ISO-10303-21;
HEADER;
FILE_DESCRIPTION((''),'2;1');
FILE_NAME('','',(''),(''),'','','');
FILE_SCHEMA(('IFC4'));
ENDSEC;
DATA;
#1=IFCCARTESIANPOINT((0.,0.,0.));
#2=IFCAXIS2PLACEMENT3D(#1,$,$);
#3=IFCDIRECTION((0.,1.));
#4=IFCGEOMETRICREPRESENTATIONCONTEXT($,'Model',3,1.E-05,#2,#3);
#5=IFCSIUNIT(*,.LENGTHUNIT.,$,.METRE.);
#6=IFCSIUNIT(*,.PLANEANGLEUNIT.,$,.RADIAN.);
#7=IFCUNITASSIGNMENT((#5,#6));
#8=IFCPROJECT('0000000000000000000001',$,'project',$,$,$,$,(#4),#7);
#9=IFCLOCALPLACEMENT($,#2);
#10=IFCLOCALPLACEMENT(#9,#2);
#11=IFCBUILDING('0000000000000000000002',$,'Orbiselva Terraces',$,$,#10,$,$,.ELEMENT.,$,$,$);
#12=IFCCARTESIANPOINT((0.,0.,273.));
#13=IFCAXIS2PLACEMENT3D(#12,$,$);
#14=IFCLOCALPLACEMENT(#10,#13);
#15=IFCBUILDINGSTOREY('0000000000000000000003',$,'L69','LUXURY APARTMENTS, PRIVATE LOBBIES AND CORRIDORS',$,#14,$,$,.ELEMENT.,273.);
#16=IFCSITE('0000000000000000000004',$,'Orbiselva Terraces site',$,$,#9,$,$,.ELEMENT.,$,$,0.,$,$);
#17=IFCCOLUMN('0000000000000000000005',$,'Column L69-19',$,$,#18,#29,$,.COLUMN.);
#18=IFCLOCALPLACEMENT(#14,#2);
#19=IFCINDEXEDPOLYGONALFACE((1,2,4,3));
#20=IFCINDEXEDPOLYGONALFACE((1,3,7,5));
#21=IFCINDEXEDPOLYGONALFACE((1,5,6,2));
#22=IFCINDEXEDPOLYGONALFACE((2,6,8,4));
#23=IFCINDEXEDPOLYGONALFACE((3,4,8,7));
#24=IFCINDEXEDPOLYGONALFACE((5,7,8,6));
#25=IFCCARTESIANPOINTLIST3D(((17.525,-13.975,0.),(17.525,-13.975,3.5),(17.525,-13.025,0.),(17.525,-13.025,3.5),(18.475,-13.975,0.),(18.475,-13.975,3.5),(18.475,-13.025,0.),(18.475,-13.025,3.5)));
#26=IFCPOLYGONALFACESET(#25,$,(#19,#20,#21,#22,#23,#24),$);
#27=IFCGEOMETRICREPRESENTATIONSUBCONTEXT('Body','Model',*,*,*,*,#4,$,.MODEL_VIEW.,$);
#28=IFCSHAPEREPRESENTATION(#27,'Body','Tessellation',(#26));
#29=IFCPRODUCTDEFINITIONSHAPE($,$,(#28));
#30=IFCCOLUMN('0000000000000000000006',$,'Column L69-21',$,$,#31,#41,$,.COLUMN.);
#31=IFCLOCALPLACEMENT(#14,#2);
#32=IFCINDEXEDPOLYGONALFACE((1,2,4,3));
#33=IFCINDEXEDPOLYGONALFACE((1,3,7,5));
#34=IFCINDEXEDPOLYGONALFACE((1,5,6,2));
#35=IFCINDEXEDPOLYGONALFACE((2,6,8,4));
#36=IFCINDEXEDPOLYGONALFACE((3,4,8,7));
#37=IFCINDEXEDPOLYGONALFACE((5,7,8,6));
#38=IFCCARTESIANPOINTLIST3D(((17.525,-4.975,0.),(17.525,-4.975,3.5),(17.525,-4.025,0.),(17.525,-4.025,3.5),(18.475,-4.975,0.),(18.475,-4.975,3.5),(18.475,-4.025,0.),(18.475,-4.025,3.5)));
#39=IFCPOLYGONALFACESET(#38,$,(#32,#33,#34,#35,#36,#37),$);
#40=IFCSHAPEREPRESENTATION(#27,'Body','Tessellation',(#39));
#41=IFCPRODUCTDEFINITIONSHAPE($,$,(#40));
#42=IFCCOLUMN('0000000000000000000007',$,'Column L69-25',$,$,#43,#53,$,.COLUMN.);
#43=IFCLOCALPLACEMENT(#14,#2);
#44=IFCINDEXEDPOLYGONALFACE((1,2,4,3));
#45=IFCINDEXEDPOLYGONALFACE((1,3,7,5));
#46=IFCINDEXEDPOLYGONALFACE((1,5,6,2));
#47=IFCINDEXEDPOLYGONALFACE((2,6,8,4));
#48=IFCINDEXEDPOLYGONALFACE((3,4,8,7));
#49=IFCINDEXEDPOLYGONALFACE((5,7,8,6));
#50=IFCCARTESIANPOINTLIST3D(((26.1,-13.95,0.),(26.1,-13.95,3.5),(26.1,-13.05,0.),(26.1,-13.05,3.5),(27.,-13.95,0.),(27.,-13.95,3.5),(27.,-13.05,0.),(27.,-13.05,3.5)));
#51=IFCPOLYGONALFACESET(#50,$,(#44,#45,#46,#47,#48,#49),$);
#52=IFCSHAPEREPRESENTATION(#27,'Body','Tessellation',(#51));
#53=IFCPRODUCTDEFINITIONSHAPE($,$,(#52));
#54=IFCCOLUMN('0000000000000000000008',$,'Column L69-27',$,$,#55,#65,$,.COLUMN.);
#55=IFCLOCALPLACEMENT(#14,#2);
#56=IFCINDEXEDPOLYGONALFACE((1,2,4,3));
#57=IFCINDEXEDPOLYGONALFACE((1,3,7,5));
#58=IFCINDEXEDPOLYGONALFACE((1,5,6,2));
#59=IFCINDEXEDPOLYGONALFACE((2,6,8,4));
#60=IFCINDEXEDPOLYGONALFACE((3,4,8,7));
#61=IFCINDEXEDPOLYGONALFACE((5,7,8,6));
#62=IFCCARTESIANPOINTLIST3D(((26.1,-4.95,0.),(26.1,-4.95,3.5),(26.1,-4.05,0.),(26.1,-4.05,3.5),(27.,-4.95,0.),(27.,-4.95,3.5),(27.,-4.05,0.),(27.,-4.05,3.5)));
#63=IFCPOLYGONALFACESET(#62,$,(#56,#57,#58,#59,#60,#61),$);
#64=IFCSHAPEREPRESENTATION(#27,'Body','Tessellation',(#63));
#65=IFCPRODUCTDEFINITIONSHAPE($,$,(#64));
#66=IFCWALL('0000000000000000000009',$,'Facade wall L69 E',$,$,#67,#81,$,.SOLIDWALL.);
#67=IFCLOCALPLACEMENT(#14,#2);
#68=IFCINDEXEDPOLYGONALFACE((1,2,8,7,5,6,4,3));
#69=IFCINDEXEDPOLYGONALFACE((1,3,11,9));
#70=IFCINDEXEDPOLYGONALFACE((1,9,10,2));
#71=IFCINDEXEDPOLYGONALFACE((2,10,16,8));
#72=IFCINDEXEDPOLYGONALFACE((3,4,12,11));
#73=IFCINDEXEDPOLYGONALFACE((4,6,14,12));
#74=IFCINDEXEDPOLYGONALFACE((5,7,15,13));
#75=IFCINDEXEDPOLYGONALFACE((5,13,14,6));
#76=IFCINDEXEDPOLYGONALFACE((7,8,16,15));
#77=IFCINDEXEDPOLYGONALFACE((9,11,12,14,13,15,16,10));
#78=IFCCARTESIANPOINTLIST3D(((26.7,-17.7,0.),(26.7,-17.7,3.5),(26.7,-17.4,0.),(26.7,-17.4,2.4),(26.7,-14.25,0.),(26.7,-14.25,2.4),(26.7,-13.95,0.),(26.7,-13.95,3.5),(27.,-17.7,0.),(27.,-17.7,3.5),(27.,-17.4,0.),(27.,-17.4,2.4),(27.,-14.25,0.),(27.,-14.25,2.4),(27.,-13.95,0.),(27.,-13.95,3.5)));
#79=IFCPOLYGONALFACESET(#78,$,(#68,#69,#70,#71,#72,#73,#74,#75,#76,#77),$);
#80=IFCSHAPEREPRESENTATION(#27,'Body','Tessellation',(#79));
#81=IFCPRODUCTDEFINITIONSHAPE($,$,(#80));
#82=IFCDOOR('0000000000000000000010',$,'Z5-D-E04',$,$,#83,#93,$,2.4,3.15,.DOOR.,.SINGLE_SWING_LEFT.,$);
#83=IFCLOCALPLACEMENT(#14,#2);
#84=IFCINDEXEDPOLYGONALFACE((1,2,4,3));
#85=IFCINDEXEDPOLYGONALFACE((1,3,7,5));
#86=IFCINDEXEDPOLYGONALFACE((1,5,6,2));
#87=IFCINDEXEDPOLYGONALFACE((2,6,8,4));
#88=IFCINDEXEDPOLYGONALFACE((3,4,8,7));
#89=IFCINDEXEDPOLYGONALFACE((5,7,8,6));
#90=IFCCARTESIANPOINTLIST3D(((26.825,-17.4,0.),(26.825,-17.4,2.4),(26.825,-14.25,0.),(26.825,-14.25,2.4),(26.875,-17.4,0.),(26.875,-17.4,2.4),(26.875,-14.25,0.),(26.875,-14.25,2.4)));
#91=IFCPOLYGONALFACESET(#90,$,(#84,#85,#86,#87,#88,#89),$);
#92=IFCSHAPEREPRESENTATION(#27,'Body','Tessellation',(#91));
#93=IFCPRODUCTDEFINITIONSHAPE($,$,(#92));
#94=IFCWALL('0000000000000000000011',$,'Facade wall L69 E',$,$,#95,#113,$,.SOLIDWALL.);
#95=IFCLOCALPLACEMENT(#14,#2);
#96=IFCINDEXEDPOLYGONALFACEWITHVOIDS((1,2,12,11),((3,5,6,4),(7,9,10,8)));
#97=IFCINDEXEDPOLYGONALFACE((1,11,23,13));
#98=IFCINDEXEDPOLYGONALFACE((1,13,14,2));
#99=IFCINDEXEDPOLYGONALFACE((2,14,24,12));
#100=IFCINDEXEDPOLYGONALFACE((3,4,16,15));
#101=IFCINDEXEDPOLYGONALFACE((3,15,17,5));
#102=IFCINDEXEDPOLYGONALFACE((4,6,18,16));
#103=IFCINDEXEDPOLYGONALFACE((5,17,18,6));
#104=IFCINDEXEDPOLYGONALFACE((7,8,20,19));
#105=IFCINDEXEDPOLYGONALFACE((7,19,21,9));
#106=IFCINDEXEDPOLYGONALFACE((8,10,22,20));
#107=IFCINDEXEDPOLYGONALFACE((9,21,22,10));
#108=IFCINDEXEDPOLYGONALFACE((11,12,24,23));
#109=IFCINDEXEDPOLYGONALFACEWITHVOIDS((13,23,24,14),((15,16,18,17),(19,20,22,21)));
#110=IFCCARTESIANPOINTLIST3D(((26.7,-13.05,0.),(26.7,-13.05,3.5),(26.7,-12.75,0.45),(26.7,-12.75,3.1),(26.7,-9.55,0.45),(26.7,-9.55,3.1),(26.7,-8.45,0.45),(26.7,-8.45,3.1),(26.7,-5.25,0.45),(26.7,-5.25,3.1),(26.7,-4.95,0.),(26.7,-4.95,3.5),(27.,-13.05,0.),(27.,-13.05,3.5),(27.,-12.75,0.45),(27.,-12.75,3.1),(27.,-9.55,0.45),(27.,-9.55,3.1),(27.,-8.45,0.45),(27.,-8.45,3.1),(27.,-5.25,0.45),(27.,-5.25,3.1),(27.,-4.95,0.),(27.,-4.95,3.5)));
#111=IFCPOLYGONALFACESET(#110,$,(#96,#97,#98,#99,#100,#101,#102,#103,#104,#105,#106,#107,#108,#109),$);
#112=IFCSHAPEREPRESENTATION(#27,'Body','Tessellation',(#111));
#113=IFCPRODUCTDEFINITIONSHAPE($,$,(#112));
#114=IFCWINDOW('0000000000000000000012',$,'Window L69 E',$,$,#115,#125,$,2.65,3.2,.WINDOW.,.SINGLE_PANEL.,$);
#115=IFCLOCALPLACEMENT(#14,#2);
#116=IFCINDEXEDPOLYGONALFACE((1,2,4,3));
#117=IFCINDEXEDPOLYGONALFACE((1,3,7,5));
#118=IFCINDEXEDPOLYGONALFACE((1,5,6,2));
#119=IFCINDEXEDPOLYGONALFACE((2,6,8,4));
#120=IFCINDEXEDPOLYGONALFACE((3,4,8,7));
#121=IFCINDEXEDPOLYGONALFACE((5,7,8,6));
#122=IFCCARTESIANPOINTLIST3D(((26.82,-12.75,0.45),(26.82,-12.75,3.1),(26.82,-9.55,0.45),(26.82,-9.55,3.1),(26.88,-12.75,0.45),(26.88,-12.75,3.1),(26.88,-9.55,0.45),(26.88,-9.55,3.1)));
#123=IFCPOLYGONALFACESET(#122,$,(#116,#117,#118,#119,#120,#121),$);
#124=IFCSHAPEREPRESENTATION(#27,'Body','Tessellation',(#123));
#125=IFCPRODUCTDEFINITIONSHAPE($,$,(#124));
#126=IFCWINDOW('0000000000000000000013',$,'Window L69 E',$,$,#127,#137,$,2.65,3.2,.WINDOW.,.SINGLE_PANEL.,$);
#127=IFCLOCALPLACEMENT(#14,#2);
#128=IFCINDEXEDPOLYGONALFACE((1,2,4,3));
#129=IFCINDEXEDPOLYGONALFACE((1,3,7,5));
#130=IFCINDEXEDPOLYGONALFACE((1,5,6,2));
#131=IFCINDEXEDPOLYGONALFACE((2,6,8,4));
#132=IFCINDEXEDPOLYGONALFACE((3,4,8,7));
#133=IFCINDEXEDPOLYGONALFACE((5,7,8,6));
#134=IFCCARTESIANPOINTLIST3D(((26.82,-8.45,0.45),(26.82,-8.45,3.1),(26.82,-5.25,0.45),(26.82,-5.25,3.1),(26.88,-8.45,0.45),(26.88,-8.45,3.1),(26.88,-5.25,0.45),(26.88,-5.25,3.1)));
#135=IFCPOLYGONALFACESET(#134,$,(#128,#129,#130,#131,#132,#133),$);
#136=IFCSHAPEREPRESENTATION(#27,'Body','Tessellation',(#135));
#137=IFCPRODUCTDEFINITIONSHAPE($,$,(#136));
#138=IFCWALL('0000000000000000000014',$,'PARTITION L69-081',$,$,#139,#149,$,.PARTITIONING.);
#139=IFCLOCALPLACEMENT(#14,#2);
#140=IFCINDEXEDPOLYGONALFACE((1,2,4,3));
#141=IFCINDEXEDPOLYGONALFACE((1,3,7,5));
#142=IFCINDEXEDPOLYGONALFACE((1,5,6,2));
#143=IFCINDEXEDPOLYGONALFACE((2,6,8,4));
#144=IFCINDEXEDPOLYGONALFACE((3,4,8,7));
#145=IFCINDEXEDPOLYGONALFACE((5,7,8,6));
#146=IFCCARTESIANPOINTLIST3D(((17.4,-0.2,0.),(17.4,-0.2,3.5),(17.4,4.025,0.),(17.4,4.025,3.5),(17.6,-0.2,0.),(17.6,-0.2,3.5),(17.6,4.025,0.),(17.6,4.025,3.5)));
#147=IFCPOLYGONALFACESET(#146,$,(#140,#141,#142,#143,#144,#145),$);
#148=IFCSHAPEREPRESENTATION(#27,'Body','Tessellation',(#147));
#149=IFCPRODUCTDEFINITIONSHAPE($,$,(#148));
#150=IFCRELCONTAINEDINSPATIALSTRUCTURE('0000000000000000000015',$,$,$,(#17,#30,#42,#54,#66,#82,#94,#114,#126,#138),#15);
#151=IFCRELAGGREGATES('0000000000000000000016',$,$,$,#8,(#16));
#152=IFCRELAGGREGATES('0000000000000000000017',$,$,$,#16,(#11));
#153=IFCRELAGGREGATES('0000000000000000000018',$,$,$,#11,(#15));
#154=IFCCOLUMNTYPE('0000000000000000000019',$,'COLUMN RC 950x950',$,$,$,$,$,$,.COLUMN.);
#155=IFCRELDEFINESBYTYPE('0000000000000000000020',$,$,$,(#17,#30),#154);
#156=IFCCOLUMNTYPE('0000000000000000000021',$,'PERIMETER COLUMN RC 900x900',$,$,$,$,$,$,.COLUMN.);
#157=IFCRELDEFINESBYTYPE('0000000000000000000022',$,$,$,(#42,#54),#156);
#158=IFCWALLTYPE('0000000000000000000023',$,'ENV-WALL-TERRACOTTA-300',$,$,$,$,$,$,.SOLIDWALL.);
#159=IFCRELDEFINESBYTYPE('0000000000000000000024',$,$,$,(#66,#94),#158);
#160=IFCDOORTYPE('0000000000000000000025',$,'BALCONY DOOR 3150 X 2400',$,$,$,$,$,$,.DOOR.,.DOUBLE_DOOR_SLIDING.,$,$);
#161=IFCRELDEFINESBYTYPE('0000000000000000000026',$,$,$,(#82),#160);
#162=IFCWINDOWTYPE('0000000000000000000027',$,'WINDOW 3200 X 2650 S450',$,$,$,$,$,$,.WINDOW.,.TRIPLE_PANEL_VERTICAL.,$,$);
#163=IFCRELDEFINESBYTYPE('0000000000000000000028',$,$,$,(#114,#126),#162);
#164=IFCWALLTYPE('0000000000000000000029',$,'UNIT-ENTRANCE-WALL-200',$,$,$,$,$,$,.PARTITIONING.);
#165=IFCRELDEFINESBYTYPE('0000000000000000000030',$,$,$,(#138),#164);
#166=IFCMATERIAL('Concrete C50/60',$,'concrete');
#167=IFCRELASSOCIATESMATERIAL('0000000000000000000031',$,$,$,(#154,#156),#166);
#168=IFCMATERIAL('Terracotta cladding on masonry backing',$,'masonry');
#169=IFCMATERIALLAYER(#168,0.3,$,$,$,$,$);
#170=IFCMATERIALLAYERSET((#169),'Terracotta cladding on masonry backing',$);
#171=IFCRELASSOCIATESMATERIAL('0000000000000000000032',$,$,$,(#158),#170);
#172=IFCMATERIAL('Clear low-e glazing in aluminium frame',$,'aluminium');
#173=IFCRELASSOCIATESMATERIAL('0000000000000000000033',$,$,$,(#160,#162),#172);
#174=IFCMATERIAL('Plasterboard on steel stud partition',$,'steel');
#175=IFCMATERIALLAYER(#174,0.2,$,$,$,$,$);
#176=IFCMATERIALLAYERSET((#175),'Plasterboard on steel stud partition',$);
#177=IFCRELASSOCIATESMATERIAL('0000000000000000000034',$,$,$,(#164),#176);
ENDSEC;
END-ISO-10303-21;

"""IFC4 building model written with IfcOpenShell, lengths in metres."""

from ifc_helpers import new_model, si_unit, direction, frame, frame_2d, origin, origin_2d, place, context, subcontext, project, spatial, rectangle, extrude, material, layer, layer_set, material_profile, profile_set, type_object, element, fill, save


model = new_model("IFC4")

# Units and contexts
model_context = context("Model", 3, precision=1e-05, world=origin(), true_north=direction((0.0, 1.0)))
body_context = subcontext(model_context, "Body", "Model", "MODEL_VIEW")
ifc_project = project(units=[si_unit("LENGTHUNIT", "METRE"), si_unit("PLANEANGLEUNIT", "RADIAN")], contexts=[model_context])

# Site, building, storey
site_placement = place(None, origin())
site = spatial("IfcSite", under=ifc_project, at=site_placement, Name="Orbiselva Terraces site", CompositionType="ELEMENT", RefElevation=0.0)
building_placement = place(site_placement, origin())
building = spatial("IfcBuilding", under=site, at=building_placement, Name="Orbiselva Terraces", CompositionType="ELEMENT")
storey_placement = place(building_placement, frame((0.0, 0.0, 273.0)))
storey = spatial("IfcBuildingStorey", under=building, at=storey_placement, Name="L69", Description="LUXURY APARTMENTS, PRIVATE LOBBIES AND CORRIDORS", CompositionType="ELEMENT", Elevation=273.0)

# Columns
ifc_material_1 = material(Name="Concrete C50/60", Category="concrete")
ifc_material_profile_1 = material_profile(ifc_material_1, rectangle(XDim=0.95, YDim=0.95, at=origin_2d()), Name="RC 950x950")
ifc_profile_set_1 = profile_set([ifc_material_profile_1], Name="Concrete C50/60")
column_type_1 = type_object("IfcColumnType", Name="COLUMN RC 950x950", PredefinedType="COLUMN", material=ifc_profile_set_1)
for number, where, z_axis, x_axis, name in (
    (1, (18.0, -13.5, 0.0), (0.0, 0.0, 1.0), (1.0, 0.0, 0.0), "Column L69-19"),
    (2, (18.0, -4.5, 0.0), (0.0, 0.0, 1.0), (1.0, 0.0, 0.0), "Column L69-21"),
):
    element("IfcColumn", number, at=place(storey_placement, frame(where, z_axis=z_axis, x_axis=x_axis)), inside=storey, type_object=column_type_1, Name=name, PredefinedType="COLUMN", context=body_context, shape_type="SweptSolid", body=[
        extrude(rectangle(XDim=0.95, YDim=0.95, at=origin_2d()), origin(), (0.0, 0.0, 1.0), 3.5),
    ])
ifc_material_profile_2 = material_profile(ifc_material_1, rectangle(XDim=0.9, YDim=0.9, at=origin_2d()), Name="RC 900x900")
ifc_profile_set_2 = profile_set([ifc_material_profile_2], Name="Concrete C50/60")
column_type_2 = type_object("IfcColumnType", Name="PERIMETER COLUMN RC 900x900", PredefinedType="COLUMN", material=ifc_profile_set_2)
for number, where, z_axis, x_axis, name in (
    (3, (26.55, -13.5, 0.0), (0.0, 0.0, 1.0), (1.0, 0.0, 0.0), "Column L69-25"),
    (4, (26.55, -4.5, 0.0), (0.0, 0.0, 1.0), (1.0, 0.0, 0.0), "Column L69-27"),
):
    element("IfcColumn", number, at=place(storey_placement, frame(where, z_axis=z_axis, x_axis=x_axis)), inside=storey, type_object=column_type_2, Name=name, PredefinedType="COLUMN", context=body_context, shape_type="SweptSolid", body=[
        extrude(rectangle(XDim=0.9, YDim=0.9, at=origin_2d()), origin(), (0.0, 0.0, 1.0), 3.5),
    ])

# Wall, opening, door
ifc_material_2 = material(Name="Terracotta cladding on masonry backing", Category="masonry")
ifc_layer_1 = layer(ifc_material_2, 0.3)
ifc_layer_set_1 = layer_set([ifc_layer_1], Name="Terracotta cladding on masonry backing")
wall_type_1 = type_object("IfcWallType", Name="ENV-WALL-TERRACOTTA-300", PredefinedType="SOLIDWALL", material=ifc_layer_set_1)
wall_1_placement = place(storey_placement, frame((26.85, -13.95, 0.0), z_axis=(0.0, 0.0, 1.0), x_axis=(0.0, -1.0, 0.0)))
wall_1 = element("IfcWall", 5, at=wall_1_placement, inside=storey, type_object=wall_type_1, Name="Facade wall L69 E", PredefinedType="SOLIDWALL", context=body_context, shape_type="SweptSolid", body=[
    extrude(rectangle(XDim=3.75, YDim=0.3, at=frame_2d((1.875, 0.0))), origin(), (0.0, 0.0, 1.0), 3.5),
])
opening_1_placement = place(wall_1_placement, frame((0.3, 0.0, 0.0)))
opening_1 = element("IfcOpeningElement", 6, at=opening_1_placement, cuts=wall_1, PredefinedType="OPENING", context=body_context, shape_type="SweptSolid", body=[
    extrude(rectangle(XDim=3.15, YDim=2.4, at=frame_2d((1.575, 1.2))), frame((0.0, 0.16, 0.0), z_axis=(0.0, -1.0, 0.0), x_axis=(1.0, 0.0, 0.0)), (0.0, 0.0, 1.0), 0.32),
])
ifc_material_3 = material(Name="Clear low-e glazing in aluminium frame", Category="aluminium")
door_type_1 = type_object("IfcDoorType", Name="BALCONY DOOR 3150 X 2400", OperationType="DOUBLE_DOOR_SLIDING", PredefinedType="DOOR", material=ifc_material_3)
door_1_placement = place(opening_1_placement, origin())
door_1 = element("IfcDoor", 7, at=door_1_placement, inside=storey, type_object=door_type_1, Name="Z5-D-E04", OperationType="SINGLE_SWING_LEFT", OverallHeight=2.4, OverallWidth=3.15, PredefinedType="DOOR", context=body_context, shape_type="SweptSolid", body=[
    extrude(rectangle(XDim=3.15, YDim=2.4, at=frame_2d((1.575, 1.2))), frame((0.0, 0.025, 0.0), z_axis=(0.0, -1.0, 0.0), x_axis=(1.0, 0.0, 0.0)), (0.0, 0.0, 1.0), 0.05),
])
fill(opening_1, door_1)

# Wall, openings, windows
wall_2_placement = place(storey_placement, frame((26.85, -4.95, 0.0), z_axis=(0.0, 0.0, 1.0), x_axis=(0.0, -1.0, 0.0)))
wall_2 = element("IfcWall", 8, at=wall_2_placement, inside=storey, type_object=wall_type_1, Name="Facade wall L69 E", PredefinedType="SOLIDWALL", context=body_context, shape_type="SweptSolid", body=[
    extrude(rectangle(XDim=8.1, YDim=0.3, at=frame_2d((4.05, 0.0))), origin(), (0.0, 0.0, 1.0), 3.5),
])
opening_2_placement = place(wall_2_placement, frame((4.6, 0.0, 0.45)))
opening_2 = element("IfcOpeningElement", 9, at=opening_2_placement, cuts=wall_2, PredefinedType="OPENING", context=body_context, shape_type="SweptSolid", body=[
    extrude(rectangle(XDim=3.2, YDim=2.65, at=frame_2d((1.6, 1.325))), frame((0.0, 0.16, 0.0), z_axis=(0.0, -1.0, 0.0), x_axis=(1.0, 0.0, 0.0)), (0.0, 0.0, 1.0), 0.32),
])
opening_3_placement = place(wall_2_placement, frame((0.3, 0.0, 0.45)))
opening_3 = element("IfcOpeningElement", 10, at=opening_3_placement, cuts=wall_2, PredefinedType="OPENING", context=body_context, shape_type="SweptSolid", body=[
    extrude(rectangle(XDim=3.2, YDim=2.65, at=frame_2d((1.6, 1.325))), frame((0.0, 0.16, 0.0), z_axis=(0.0, -1.0, 0.0), x_axis=(1.0, 0.0, 0.0)), (0.0, 0.0, 1.0), 0.32),
])
window_type = type_object("IfcWindowType", Name="WINDOW 3200 X 2650 S450", PartitioningType="TRIPLE_PANEL_VERTICAL", PredefinedType="WINDOW", material=ifc_material_3)
window_1_placement = place(opening_2_placement, origin())
window_1 = element("IfcWindow", 11, at=window_1_placement, inside=storey, type_object=window_type, Name="Window L69 E", OverallHeight=2.65, OverallWidth=3.2, PartitioningType="SINGLE_PANEL", PredefinedType="WINDOW", context=body_context, shape_type="SweptSolid", body=[
    extrude(rectangle(XDim=3.2, YDim=2.65, at=frame_2d((1.6, 1.325))), frame((0.0, 0.03, 0.0), z_axis=(0.0, -1.0, 0.0), x_axis=(1.0, 0.0, 0.0)), (0.0, 0.0, 1.0), 0.06),
])
fill(opening_2, window_1)
window_2_placement = place(opening_3_placement, origin())
window_2 = element("IfcWindow", 12, at=window_2_placement, inside=storey, type_object=window_type, Name="Window L69 E", OverallHeight=2.65, OverallWidth=3.2, PartitioningType="SINGLE_PANEL", PredefinedType="WINDOW", context=body_context, shape_type="SweptSolid", body=[
    extrude(rectangle(XDim=3.2, YDim=2.65, at=frame_2d((1.6, 1.325))), frame((0.0, 0.03, 0.0), z_axis=(0.0, -1.0, 0.0), x_axis=(1.0, 0.0, 0.0)), (0.0, 0.0, 1.0), 0.06),
])
fill(opening_3, window_2)

# Wall
ifc_material_4 = material(Name="Plasterboard on steel stud partition", Category="steel")
ifc_layer_2 = layer(ifc_material_4, 0.2)
ifc_layer_set_2 = layer_set([ifc_layer_2], Name="Plasterboard on steel stud partition")
wall_type_2 = type_object("IfcWallType", Name="UNIT-ENTRANCE-WALL-200", PredefinedType="PARTITIONING", material=ifc_layer_set_2)
wall_3_placement = place(storey_placement, frame((17.5, -0.2, 0.0), z_axis=(0.0, 0.0, 1.0), x_axis=(0.0, 1.0, 0.0)))
element("IfcWall", 13, at=wall_3_placement, inside=storey, type_object=wall_type_2, Name="PARTITION L69-081", PredefinedType="PARTITIONING", context=body_context, shape_type="SweptSolid", body=[
    extrude(rectangle(XDim=4.225, YDim=0.2, at=frame_2d((2.1125, 0.0))), origin(), (0.0, 0.0, 1.0), 3.5),
])

save(model, "model.ifc")
